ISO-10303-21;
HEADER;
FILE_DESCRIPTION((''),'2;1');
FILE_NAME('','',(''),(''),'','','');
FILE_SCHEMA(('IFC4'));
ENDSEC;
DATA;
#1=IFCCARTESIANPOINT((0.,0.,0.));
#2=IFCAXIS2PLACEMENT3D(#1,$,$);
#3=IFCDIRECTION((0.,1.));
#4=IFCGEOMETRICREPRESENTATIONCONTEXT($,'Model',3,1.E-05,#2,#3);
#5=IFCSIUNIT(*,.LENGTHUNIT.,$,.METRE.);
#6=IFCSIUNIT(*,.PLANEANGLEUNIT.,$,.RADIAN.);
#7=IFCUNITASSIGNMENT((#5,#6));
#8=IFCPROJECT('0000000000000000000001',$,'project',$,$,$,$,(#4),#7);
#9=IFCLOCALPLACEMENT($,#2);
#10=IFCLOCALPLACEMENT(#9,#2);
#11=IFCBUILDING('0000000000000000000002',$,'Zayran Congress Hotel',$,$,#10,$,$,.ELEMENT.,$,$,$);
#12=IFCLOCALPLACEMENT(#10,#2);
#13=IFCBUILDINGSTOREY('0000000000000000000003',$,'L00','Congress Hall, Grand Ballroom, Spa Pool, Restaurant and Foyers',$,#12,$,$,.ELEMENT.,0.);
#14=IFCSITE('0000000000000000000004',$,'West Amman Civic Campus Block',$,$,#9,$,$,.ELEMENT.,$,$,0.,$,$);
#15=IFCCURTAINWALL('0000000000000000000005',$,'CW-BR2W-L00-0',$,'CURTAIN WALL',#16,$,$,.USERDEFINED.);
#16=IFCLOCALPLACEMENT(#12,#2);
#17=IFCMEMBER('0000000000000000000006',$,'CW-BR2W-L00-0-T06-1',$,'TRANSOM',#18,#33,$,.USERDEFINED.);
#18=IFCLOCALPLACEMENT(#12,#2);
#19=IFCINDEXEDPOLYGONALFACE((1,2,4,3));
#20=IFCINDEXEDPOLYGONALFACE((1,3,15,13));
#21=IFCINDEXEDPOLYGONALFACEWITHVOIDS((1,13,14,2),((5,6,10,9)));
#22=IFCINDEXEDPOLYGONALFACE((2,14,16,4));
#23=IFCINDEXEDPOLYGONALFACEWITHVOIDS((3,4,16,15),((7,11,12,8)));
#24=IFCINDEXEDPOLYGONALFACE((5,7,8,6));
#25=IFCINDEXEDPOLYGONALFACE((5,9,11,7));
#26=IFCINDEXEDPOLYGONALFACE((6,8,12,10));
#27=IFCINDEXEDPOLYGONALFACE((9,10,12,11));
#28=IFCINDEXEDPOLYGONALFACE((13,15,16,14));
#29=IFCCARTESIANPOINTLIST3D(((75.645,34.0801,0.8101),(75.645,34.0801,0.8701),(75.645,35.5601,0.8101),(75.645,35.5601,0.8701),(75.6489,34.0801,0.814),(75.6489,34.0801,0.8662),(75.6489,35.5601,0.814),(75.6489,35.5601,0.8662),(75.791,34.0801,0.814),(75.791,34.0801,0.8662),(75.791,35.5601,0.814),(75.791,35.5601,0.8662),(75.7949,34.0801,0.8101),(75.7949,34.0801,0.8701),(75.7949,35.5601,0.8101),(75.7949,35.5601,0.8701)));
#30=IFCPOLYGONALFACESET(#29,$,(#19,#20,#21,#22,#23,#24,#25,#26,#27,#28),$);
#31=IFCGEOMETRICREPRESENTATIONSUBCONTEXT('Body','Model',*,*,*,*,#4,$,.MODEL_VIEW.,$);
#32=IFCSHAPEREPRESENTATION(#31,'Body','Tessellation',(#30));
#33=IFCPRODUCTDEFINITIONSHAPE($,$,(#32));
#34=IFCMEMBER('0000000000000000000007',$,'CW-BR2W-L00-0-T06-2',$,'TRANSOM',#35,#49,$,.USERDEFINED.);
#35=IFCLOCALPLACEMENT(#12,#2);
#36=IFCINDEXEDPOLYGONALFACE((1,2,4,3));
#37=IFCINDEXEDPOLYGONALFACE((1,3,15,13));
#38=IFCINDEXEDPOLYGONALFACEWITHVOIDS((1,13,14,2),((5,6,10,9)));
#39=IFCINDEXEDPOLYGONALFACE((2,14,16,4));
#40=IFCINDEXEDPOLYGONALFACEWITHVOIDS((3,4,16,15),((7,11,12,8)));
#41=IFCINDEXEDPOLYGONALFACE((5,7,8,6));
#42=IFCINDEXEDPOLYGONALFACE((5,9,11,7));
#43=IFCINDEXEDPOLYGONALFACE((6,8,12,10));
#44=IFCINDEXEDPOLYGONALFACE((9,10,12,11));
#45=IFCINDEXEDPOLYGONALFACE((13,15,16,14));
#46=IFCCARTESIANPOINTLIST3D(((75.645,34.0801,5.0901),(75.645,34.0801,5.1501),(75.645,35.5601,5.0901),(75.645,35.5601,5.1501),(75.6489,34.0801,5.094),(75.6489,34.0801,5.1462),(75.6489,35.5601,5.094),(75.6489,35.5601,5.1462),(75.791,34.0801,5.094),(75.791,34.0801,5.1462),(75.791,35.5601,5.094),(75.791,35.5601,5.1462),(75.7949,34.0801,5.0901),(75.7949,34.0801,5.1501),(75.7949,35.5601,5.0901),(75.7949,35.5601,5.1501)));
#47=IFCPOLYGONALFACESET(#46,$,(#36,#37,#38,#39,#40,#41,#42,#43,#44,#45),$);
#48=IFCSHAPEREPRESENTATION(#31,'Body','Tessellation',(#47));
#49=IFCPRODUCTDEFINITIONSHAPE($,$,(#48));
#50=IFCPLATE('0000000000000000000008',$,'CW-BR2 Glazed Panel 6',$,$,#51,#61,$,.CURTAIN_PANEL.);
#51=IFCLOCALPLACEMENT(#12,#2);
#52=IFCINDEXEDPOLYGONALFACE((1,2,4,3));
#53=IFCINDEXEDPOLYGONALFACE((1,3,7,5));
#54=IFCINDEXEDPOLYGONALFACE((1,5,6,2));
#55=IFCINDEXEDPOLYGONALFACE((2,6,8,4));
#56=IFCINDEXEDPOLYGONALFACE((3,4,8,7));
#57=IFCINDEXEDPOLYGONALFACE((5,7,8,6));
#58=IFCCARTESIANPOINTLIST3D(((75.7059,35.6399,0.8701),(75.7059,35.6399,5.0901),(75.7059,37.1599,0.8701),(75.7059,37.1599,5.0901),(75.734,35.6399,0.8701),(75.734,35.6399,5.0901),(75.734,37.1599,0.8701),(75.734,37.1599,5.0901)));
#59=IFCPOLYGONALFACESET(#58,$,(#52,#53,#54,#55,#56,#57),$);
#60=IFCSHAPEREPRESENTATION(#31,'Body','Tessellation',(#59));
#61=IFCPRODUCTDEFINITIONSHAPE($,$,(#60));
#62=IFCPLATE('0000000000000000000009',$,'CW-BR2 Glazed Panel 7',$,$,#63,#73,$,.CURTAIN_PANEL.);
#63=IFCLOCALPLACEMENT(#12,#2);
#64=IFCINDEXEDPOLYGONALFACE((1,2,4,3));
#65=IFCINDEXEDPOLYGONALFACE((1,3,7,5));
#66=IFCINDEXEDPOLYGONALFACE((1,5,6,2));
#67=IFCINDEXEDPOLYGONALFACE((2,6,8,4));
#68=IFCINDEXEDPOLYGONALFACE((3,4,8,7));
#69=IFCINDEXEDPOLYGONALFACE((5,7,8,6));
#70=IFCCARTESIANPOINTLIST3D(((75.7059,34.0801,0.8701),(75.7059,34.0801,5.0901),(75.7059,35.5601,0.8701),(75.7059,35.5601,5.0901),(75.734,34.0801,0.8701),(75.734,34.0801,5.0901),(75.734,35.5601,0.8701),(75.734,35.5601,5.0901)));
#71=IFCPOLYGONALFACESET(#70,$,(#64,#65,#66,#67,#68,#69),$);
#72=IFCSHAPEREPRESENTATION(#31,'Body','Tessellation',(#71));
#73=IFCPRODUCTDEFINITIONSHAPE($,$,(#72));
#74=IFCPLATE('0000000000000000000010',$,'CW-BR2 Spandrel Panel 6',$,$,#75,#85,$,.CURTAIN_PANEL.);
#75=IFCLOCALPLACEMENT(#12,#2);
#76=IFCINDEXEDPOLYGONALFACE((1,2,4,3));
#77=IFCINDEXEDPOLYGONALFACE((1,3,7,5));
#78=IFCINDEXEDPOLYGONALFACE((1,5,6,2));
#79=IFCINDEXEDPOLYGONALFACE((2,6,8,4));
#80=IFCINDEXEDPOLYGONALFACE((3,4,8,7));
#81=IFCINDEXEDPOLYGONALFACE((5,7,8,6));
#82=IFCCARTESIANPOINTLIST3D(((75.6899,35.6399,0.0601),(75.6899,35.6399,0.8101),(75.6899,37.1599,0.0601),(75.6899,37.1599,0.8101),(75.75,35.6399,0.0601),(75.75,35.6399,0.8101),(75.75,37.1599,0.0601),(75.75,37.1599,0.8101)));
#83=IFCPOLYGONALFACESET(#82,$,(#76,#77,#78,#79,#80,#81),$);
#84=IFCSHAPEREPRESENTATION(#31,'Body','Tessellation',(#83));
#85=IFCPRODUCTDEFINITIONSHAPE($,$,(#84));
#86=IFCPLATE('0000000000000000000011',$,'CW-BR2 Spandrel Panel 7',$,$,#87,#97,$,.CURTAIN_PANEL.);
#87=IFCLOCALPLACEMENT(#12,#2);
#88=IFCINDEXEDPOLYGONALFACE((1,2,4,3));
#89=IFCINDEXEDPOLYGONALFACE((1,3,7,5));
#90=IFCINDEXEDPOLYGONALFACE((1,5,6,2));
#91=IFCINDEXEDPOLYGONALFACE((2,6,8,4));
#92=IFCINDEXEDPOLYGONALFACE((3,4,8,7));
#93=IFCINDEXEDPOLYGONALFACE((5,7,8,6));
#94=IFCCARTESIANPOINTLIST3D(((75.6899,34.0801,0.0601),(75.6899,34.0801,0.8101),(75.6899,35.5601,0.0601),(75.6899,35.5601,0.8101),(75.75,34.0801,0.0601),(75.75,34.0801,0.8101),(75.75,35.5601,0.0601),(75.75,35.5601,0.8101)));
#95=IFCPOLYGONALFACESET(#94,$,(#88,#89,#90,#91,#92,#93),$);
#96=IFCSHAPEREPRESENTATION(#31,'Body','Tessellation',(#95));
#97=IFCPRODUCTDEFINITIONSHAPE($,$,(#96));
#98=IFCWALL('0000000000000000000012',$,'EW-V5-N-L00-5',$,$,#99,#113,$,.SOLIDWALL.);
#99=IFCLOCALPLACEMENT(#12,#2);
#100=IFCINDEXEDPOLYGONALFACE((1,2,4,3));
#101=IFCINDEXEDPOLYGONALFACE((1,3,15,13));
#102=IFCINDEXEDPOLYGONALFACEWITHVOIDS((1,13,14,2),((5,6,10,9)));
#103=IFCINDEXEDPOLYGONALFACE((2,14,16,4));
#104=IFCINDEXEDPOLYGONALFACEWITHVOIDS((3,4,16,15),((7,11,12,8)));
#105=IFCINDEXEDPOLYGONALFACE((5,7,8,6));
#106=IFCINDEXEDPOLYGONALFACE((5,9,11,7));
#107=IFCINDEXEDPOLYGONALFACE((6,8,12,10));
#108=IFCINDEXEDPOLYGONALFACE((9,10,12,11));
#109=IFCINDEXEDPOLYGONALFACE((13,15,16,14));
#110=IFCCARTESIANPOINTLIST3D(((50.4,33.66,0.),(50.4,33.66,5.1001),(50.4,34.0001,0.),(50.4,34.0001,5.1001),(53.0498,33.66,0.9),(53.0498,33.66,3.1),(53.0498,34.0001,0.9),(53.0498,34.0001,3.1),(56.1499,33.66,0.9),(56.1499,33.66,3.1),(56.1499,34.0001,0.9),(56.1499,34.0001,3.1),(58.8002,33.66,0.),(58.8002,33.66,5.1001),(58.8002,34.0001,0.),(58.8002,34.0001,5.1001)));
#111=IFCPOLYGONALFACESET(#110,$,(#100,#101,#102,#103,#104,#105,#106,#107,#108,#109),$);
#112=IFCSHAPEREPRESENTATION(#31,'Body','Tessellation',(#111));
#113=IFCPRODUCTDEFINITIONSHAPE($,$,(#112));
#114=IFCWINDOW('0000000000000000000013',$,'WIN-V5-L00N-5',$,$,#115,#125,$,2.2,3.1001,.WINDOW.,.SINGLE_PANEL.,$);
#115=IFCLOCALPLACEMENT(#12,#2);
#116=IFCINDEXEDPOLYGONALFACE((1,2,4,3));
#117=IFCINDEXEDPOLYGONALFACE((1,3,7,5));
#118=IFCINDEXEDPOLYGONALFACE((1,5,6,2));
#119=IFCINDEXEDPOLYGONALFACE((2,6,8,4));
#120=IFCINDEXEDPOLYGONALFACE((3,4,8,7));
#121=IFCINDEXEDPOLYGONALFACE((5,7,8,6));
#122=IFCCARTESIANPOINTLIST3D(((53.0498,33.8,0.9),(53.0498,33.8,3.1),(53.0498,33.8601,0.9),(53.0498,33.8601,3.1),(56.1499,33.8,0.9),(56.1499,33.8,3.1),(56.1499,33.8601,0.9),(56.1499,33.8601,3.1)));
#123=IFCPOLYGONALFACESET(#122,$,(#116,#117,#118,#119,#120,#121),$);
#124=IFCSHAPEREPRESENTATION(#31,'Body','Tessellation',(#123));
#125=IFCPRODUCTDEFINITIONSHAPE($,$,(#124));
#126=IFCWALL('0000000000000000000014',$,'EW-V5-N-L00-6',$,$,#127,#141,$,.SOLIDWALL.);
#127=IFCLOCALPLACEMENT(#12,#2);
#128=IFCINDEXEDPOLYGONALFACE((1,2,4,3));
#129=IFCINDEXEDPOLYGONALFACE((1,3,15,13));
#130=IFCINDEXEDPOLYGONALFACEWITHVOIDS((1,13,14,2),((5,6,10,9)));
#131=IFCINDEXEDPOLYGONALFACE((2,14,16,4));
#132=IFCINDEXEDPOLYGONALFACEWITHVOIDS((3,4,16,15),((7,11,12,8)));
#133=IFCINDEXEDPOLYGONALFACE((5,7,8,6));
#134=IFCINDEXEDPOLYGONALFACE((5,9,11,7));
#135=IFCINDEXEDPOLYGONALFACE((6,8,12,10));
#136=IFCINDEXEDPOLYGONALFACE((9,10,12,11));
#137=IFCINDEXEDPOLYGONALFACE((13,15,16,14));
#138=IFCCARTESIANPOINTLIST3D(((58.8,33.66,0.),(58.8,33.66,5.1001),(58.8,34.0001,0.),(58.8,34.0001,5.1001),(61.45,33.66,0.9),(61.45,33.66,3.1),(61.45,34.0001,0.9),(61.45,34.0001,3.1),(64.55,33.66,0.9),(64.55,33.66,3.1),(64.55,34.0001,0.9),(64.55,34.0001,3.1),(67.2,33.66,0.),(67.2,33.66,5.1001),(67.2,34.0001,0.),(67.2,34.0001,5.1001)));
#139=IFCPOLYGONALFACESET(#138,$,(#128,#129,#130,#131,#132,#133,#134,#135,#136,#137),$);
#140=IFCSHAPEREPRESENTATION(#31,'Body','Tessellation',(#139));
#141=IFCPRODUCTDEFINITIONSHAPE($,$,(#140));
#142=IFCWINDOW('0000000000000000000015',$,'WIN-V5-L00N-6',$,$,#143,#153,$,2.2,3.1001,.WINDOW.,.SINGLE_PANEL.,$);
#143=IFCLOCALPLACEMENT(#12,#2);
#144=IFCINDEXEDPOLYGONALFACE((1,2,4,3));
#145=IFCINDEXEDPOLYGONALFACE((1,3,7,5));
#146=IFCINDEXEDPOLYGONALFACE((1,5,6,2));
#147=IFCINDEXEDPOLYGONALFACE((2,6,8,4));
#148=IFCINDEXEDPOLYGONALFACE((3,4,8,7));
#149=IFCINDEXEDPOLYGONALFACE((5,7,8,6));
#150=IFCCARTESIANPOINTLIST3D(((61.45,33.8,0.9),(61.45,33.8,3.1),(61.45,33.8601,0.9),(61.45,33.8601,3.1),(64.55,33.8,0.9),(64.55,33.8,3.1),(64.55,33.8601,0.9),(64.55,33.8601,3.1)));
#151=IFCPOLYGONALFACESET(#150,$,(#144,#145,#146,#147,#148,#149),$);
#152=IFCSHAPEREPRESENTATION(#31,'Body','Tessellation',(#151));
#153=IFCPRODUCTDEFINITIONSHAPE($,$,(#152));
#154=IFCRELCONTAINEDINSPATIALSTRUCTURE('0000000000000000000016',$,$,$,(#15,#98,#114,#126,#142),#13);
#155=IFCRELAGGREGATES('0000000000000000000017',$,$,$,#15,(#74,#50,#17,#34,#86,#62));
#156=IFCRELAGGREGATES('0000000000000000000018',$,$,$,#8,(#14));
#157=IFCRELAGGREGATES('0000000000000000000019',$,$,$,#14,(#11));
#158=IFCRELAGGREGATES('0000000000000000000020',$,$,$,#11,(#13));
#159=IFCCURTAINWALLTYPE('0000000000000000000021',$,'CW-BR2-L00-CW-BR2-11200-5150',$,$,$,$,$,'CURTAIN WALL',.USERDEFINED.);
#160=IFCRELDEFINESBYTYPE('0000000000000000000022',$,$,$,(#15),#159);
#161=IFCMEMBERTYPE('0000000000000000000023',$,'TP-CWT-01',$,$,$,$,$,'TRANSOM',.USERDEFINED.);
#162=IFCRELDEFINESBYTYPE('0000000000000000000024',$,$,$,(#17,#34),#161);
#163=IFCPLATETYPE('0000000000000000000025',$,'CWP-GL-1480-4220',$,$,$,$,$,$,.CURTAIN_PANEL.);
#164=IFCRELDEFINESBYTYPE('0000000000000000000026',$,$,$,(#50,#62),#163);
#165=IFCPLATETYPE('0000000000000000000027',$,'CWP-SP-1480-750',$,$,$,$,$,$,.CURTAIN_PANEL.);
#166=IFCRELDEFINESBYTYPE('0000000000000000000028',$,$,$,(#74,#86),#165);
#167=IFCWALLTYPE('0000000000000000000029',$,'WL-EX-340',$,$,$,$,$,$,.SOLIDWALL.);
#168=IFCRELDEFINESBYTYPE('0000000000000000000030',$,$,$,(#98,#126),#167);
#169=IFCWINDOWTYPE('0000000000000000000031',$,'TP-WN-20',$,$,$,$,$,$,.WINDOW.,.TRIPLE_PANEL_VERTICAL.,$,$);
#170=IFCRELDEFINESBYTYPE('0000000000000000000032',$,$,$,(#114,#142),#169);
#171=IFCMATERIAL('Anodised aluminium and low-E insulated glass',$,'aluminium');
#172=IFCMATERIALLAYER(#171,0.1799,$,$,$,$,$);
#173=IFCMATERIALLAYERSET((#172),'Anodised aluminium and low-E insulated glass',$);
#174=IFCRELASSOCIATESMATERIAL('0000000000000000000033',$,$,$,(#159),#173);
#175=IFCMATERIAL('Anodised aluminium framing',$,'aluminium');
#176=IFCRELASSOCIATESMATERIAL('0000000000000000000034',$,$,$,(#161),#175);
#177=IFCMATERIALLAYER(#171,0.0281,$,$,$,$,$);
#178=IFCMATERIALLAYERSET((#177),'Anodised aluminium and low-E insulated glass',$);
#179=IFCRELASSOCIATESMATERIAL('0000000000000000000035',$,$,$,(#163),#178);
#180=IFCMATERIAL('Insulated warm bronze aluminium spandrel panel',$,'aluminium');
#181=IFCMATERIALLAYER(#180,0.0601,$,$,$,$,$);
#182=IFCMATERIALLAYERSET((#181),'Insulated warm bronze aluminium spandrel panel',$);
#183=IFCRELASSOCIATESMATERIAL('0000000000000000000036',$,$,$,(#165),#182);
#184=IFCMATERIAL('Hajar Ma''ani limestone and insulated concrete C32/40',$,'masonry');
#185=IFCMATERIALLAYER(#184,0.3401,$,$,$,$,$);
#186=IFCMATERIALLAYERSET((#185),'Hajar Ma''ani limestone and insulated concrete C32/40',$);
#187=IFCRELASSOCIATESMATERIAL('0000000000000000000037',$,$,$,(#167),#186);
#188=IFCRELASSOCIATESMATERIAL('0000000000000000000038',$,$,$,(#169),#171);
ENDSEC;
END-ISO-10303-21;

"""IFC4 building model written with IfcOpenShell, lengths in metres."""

from ifc_helpers import new_model, si_unit, direction, frame, frame_2d, origin, origin_2d, place, context, subcontext, project, spatial, rectangle, hollow_rectangle, extrude, material, layer, layer_set, material_profile, profile_set, type_object, element, fill, aggregate, save


model = new_model("IFC4")

# Units and contexts
model_context = context("Model", 3, precision=1e-05, world=origin(), true_north=direction((0.0, 1.0)))
body_context = subcontext(model_context, "Body", "Model", "MODEL_VIEW")
ifc_project = project(units=[si_unit("LENGTHUNIT", "METRE"), si_unit("PLANEANGLEUNIT", "RADIAN")], contexts=[model_context])

# Site, building, storey
site_placement = place(None, origin())
site = spatial("IfcSite", under=ifc_project, at=site_placement, Name="West Amman Civic Campus Block", CompositionType="ELEMENT", RefElevation=0.0)
building_placement = place(site_placement, origin())
building = spatial("IfcBuilding", under=site, at=building_placement, Name="Zayran Congress Hotel", CompositionType="ELEMENT")
storey_placement = place(building_placement, origin())
storey = spatial("IfcBuildingStorey", under=building, at=storey_placement, Name="L00", Description="Congress Hall, Grand Ballroom, Spa Pool, Restaurant and Foyers", CompositionType="ELEMENT", Elevation=0.0)

# Curtain wall, members, plates
ifc_material_1 = material(Name="Anodised aluminium and low-E insulated glass", Category="aluminium")
ifc_layer_1 = layer(ifc_material_1, 0.1799)
ifc_layer_set_1 = layer_set([ifc_layer_1], Name="Anodised aluminium and low-E insulated glass")
curtain_wall_type = type_object("IfcCurtainWallType", Name="CW-BR2-L00-CW-BR2-11200-5150", ElementType="CURTAIN WALL", PredefinedType="USERDEFINED", material=ifc_layer_set_1)
curtain_wall_placement = place(storey_placement, origin())
curtain_wall = element("IfcCurtainWall", 1, at=curtain_wall_placement, inside=storey, type_object=curtain_wall_type, Name="CW-BR2W-L00-0", ObjectType="CURTAIN WALL", PredefinedType="USERDEFINED")
ifc_material_2 = material(Name="Anodised aluminium framing", Category="aluminium")
ifc_material_profile_1 = material_profile(ifc_material_2, hollow_rectangle(XDim=0.0601, YDim=0.1499, WallThickness=0.0039, at=origin_2d()), Name="RHS 150x60x4")
ifc_profile_set_1 = profile_set([ifc_material_profile_1], Name="Anodised aluminium framing")
member_type_1 = type_object("IfcMemberType", Name="TP-CWT-01", ElementType="TRANSOM", PredefinedType="USERDEFINED", material=ifc_profile_set_1)
member_1_placement = place(storey_placement, frame((75.72, 35.5601, 0.8401), z_axis=(0.0, -1.0, 0.0), x_axis=(0.0, 0.0, 1.0)))
member_1 = element("IfcMember", 2, at=member_1_placement, type_object=member_type_1, Name="CW-BR2W-L00-0-T06-1", ObjectType="TRANSOM", PredefinedType="USERDEFINED", context=body_context, shape_type="SweptSolid", body=[
    extrude(hollow_rectangle(XDim=0.0601, YDim=0.1499, WallThickness=0.0039, at=origin_2d()), origin(), (0.0, 0.0, 1.0), 1.48),
])
member_2_placement = place(storey_placement, frame((75.72, 35.5601, 5.1201), z_axis=(0.0, -1.0, 0.0), x_axis=(0.0, 0.0, 1.0)))
member_2 = element("IfcMember", 3, at=member_2_placement, type_object=member_type_1, Name="CW-BR2W-L00-0-T06-2", ObjectType="TRANSOM", PredefinedType="USERDEFINED", context=body_context, shape_type="SweptSolid", body=[
    extrude(hollow_rectangle(XDim=0.0601, YDim=0.1499, WallThickness=0.0039, at=origin_2d()), origin(), (0.0, 0.0, 1.0), 1.48),
])
ifc_layer_2 = layer(ifc_material_1, 0.0281)
ifc_layer_set_2 = layer_set([ifc_layer_2], Name="Anodised aluminium and low-E insulated glass")
plate_type_1 = type_object("IfcPlateType", Name="CWP-GL-1480-4220", PredefinedType="CURTAIN_PANEL", material=ifc_layer_set_2)
plate_1_placement = place(storey_placement, frame((75.72, 36.3999, 0.8701), z_axis=(0.0, 0.0, 1.0), x_axis=(0.0, 1.0, 0.0)))
plate_1 = element("IfcPlate", 4, at=plate_1_placement, type_object=plate_type_1, Name="CW-BR2 Glazed Panel 6", PredefinedType="CURTAIN_PANEL", context=body_context, shape_type="SweptSolid", body=[
    extrude(rectangle(XDim=1.52, YDim=0.0281, at=origin_2d()), origin(), (0.0, 0.0, 1.0), 4.22),
])
plate_2_placement = place(storey_placement, frame((75.72, 34.8201, 0.8701), z_axis=(0.0, 0.0, 1.0), x_axis=(0.0, 1.0, 0.0)))
plate_2 = element("IfcPlate", 5, at=plate_2_placement, type_object=plate_type_1, Name="CW-BR2 Glazed Panel 7", PredefinedType="CURTAIN_PANEL", context=body_context, shape_type="SweptSolid", body=[
    extrude(rectangle(XDim=1.48, YDim=0.0281, at=origin_2d()), origin(), (0.0, 0.0, 1.0), 4.22),
])
ifc_material_3 = material(Name="Insulated warm bronze aluminium spandrel panel", Category="aluminium")
ifc_layer_3 = layer(ifc_material_3, 0.0601)
ifc_layer_set_3 = layer_set([ifc_layer_3], Name="Insulated warm bronze aluminium spandrel panel")
plate_type_2 = type_object("IfcPlateType", Name="CWP-SP-1480-750", PredefinedType="CURTAIN_PANEL", material=ifc_layer_set_3)
plate_3_placement = place(storey_placement, frame((75.72, 36.3999, 0.0601), z_axis=(0.0, 0.0, 1.0), x_axis=(0.0, 1.0, 0.0)))
plate_3 = element("IfcPlate", 6, at=plate_3_placement, type_object=plate_type_2, Name="CW-BR2 Spandrel Panel 6", PredefinedType="CURTAIN_PANEL", context=body_context, shape_type="SweptSolid", body=[
    extrude(rectangle(XDim=1.52, YDim=0.0601, at=origin_2d()), origin(), (0.0, 0.0, 1.0), 0.75),
])
plate_4_placement = place(storey_placement, frame((75.72, 34.8201, 0.0601), z_axis=(0.0, 0.0, 1.0), x_axis=(0.0, 1.0, 0.0)))
plate_4 = element("IfcPlate", 7, at=plate_4_placement, type_object=plate_type_2, Name="CW-BR2 Spandrel Panel 7", PredefinedType="CURTAIN_PANEL", context=body_context, shape_type="SweptSolid", body=[
    extrude(rectangle(XDim=1.48, YDim=0.0601, at=origin_2d()), origin(), (0.0, 0.0, 1.0), 0.75),
])
aggregate(curtain_wall, [plate_3, plate_1, member_1, member_2, plate_4, plate_2])

# Walls, openings, windows
ifc_material_4 = material(Name="Hajar Ma'ani limestone and insulated concrete C32/40", Category="masonry")
ifc_layer_4 = layer(ifc_material_4, 0.3401)
ifc_layer_set_4 = layer_set([ifc_layer_4], Name="Hajar Ma'ani limestone and insulated concrete C32/40")
wall_type_1 = type_object("IfcWallType", Name="WL-EX-340", PredefinedType="SOLIDWALL", material=ifc_layer_set_4)
wall_1_placement = place(storey_placement, frame((50.3999, 33.8301, 0.0), z_axis=(0.0, 0.0, 1.0), x_axis=(1.0, 0.0, 0.0)))
wall_1 = element("IfcWall", 8, at=wall_1_placement, inside=storey, type_object=wall_type_1, Name="EW-V5-N-L00-5", PredefinedType="SOLIDWALL", context=body_context, shape_type="SweptSolid", body=[
    extrude(rectangle(XDim=8.4001, YDim=0.3401, at=frame_2d((4.2002, 0.0))), origin(), (0.0, 0.0, 1.0), 5.1001),
])
opening_1_placement = place(wall_1_placement, frame((2.6499, 0.0, 0.8999)))
opening_1 = element("IfcOpeningElement", 9, at=opening_1_placement, cuts=wall_1, PredefinedType="OPENING", context=body_context, shape_type="SweptSolid", body=[
    extrude(rectangle(XDim=3.1001, YDim=2.2, at=frame_2d((1.55, 1.1001))), frame((0.0, 0.1799, 0.0), z_axis=(0.0, -1.0, 0.0), x_axis=(1.0, 0.0, 0.0)), (0.0, 0.0, 1.0), 0.3601),
])
window_type = type_object("IfcWindowType", Name="TP-WN-20", PartitioningType="TRIPLE_PANEL_VERTICAL", PredefinedType="WINDOW", material=ifc_material_1)
window_1_placement = place(opening_1_placement, origin())
window_1 = element("IfcWindow", 10, at=window_1_placement, inside=storey, type_object=window_type, Name="WIN-V5-L00N-5", OverallHeight=2.2, OverallWidth=3.1001, PartitioningType="SINGLE_PANEL", PredefinedType="WINDOW", context=body_context, shape_type="SweptSolid", body=[
    extrude(rectangle(XDim=3.1001, YDim=2.2, at=frame_2d((1.55, 1.1001))), frame((0.0, 0.03, 0.0), z_axis=(0.0, -1.0, 0.0), x_axis=(1.0, 0.0, 0.0)), (0.0, 0.0, 1.0), 0.0601),
])
fill(opening_1, window_1)
wall_2_placement = place(storey_placement, frame((58.8, 33.8301, 0.0), z_axis=(0.0, 0.0, 1.0), x_axis=(1.0, 0.0, 0.0)))
wall_2 = element("IfcWall", 11, at=wall_2_placement, inside=storey, type_object=wall_type_1, Name="EW-V5-N-L00-6", PredefinedType="SOLIDWALL", context=body_context, shape_type="SweptSolid", body=[
    extrude(rectangle(XDim=8.3999, YDim=0.3401, at=frame_2d((4.2, 0.0))), origin(), (0.0, 0.0, 1.0), 5.1001),
])
opening_2_placement = place(wall_2_placement, frame((2.6499, 0.0, 0.8999)))
opening_2 = element("IfcOpeningElement", 12, at=opening_2_placement, cuts=wall_2, PredefinedType="OPENING", context=body_context, shape_type="SweptSolid", body=[
    extrude(rectangle(XDim=3.1001, YDim=2.2, at=frame_2d((1.55, 1.1001))), frame((0.0, 0.1799, 0.0), z_axis=(0.0, -1.0, 0.0), x_axis=(1.0, 0.0, 0.0)), (0.0, 0.0, 1.0), 0.3601),
])
window_2_placement = place(opening_2_placement, origin())
window_2 = element("IfcWindow", 13, at=window_2_placement, inside=storey, type_object=window_type, Name="WIN-V5-L00N-6", OverallHeight=2.2, OverallWidth=3.1001, PartitioningType="SINGLE_PANEL", PredefinedType="WINDOW", context=body_context, shape_type="SweptSolid", body=[
    extrude(rectangle(XDim=3.1001, YDim=2.2, at=frame_2d((1.55, 1.1001))), frame((0.0, 0.03, 0.0), z_axis=(0.0, -1.0, 0.0), x_axis=(1.0, 0.0, 0.0)), (0.0, 0.0, 1.0), 0.0601),
])
fill(opening_2, window_2)

save(model, "model.ifc")
